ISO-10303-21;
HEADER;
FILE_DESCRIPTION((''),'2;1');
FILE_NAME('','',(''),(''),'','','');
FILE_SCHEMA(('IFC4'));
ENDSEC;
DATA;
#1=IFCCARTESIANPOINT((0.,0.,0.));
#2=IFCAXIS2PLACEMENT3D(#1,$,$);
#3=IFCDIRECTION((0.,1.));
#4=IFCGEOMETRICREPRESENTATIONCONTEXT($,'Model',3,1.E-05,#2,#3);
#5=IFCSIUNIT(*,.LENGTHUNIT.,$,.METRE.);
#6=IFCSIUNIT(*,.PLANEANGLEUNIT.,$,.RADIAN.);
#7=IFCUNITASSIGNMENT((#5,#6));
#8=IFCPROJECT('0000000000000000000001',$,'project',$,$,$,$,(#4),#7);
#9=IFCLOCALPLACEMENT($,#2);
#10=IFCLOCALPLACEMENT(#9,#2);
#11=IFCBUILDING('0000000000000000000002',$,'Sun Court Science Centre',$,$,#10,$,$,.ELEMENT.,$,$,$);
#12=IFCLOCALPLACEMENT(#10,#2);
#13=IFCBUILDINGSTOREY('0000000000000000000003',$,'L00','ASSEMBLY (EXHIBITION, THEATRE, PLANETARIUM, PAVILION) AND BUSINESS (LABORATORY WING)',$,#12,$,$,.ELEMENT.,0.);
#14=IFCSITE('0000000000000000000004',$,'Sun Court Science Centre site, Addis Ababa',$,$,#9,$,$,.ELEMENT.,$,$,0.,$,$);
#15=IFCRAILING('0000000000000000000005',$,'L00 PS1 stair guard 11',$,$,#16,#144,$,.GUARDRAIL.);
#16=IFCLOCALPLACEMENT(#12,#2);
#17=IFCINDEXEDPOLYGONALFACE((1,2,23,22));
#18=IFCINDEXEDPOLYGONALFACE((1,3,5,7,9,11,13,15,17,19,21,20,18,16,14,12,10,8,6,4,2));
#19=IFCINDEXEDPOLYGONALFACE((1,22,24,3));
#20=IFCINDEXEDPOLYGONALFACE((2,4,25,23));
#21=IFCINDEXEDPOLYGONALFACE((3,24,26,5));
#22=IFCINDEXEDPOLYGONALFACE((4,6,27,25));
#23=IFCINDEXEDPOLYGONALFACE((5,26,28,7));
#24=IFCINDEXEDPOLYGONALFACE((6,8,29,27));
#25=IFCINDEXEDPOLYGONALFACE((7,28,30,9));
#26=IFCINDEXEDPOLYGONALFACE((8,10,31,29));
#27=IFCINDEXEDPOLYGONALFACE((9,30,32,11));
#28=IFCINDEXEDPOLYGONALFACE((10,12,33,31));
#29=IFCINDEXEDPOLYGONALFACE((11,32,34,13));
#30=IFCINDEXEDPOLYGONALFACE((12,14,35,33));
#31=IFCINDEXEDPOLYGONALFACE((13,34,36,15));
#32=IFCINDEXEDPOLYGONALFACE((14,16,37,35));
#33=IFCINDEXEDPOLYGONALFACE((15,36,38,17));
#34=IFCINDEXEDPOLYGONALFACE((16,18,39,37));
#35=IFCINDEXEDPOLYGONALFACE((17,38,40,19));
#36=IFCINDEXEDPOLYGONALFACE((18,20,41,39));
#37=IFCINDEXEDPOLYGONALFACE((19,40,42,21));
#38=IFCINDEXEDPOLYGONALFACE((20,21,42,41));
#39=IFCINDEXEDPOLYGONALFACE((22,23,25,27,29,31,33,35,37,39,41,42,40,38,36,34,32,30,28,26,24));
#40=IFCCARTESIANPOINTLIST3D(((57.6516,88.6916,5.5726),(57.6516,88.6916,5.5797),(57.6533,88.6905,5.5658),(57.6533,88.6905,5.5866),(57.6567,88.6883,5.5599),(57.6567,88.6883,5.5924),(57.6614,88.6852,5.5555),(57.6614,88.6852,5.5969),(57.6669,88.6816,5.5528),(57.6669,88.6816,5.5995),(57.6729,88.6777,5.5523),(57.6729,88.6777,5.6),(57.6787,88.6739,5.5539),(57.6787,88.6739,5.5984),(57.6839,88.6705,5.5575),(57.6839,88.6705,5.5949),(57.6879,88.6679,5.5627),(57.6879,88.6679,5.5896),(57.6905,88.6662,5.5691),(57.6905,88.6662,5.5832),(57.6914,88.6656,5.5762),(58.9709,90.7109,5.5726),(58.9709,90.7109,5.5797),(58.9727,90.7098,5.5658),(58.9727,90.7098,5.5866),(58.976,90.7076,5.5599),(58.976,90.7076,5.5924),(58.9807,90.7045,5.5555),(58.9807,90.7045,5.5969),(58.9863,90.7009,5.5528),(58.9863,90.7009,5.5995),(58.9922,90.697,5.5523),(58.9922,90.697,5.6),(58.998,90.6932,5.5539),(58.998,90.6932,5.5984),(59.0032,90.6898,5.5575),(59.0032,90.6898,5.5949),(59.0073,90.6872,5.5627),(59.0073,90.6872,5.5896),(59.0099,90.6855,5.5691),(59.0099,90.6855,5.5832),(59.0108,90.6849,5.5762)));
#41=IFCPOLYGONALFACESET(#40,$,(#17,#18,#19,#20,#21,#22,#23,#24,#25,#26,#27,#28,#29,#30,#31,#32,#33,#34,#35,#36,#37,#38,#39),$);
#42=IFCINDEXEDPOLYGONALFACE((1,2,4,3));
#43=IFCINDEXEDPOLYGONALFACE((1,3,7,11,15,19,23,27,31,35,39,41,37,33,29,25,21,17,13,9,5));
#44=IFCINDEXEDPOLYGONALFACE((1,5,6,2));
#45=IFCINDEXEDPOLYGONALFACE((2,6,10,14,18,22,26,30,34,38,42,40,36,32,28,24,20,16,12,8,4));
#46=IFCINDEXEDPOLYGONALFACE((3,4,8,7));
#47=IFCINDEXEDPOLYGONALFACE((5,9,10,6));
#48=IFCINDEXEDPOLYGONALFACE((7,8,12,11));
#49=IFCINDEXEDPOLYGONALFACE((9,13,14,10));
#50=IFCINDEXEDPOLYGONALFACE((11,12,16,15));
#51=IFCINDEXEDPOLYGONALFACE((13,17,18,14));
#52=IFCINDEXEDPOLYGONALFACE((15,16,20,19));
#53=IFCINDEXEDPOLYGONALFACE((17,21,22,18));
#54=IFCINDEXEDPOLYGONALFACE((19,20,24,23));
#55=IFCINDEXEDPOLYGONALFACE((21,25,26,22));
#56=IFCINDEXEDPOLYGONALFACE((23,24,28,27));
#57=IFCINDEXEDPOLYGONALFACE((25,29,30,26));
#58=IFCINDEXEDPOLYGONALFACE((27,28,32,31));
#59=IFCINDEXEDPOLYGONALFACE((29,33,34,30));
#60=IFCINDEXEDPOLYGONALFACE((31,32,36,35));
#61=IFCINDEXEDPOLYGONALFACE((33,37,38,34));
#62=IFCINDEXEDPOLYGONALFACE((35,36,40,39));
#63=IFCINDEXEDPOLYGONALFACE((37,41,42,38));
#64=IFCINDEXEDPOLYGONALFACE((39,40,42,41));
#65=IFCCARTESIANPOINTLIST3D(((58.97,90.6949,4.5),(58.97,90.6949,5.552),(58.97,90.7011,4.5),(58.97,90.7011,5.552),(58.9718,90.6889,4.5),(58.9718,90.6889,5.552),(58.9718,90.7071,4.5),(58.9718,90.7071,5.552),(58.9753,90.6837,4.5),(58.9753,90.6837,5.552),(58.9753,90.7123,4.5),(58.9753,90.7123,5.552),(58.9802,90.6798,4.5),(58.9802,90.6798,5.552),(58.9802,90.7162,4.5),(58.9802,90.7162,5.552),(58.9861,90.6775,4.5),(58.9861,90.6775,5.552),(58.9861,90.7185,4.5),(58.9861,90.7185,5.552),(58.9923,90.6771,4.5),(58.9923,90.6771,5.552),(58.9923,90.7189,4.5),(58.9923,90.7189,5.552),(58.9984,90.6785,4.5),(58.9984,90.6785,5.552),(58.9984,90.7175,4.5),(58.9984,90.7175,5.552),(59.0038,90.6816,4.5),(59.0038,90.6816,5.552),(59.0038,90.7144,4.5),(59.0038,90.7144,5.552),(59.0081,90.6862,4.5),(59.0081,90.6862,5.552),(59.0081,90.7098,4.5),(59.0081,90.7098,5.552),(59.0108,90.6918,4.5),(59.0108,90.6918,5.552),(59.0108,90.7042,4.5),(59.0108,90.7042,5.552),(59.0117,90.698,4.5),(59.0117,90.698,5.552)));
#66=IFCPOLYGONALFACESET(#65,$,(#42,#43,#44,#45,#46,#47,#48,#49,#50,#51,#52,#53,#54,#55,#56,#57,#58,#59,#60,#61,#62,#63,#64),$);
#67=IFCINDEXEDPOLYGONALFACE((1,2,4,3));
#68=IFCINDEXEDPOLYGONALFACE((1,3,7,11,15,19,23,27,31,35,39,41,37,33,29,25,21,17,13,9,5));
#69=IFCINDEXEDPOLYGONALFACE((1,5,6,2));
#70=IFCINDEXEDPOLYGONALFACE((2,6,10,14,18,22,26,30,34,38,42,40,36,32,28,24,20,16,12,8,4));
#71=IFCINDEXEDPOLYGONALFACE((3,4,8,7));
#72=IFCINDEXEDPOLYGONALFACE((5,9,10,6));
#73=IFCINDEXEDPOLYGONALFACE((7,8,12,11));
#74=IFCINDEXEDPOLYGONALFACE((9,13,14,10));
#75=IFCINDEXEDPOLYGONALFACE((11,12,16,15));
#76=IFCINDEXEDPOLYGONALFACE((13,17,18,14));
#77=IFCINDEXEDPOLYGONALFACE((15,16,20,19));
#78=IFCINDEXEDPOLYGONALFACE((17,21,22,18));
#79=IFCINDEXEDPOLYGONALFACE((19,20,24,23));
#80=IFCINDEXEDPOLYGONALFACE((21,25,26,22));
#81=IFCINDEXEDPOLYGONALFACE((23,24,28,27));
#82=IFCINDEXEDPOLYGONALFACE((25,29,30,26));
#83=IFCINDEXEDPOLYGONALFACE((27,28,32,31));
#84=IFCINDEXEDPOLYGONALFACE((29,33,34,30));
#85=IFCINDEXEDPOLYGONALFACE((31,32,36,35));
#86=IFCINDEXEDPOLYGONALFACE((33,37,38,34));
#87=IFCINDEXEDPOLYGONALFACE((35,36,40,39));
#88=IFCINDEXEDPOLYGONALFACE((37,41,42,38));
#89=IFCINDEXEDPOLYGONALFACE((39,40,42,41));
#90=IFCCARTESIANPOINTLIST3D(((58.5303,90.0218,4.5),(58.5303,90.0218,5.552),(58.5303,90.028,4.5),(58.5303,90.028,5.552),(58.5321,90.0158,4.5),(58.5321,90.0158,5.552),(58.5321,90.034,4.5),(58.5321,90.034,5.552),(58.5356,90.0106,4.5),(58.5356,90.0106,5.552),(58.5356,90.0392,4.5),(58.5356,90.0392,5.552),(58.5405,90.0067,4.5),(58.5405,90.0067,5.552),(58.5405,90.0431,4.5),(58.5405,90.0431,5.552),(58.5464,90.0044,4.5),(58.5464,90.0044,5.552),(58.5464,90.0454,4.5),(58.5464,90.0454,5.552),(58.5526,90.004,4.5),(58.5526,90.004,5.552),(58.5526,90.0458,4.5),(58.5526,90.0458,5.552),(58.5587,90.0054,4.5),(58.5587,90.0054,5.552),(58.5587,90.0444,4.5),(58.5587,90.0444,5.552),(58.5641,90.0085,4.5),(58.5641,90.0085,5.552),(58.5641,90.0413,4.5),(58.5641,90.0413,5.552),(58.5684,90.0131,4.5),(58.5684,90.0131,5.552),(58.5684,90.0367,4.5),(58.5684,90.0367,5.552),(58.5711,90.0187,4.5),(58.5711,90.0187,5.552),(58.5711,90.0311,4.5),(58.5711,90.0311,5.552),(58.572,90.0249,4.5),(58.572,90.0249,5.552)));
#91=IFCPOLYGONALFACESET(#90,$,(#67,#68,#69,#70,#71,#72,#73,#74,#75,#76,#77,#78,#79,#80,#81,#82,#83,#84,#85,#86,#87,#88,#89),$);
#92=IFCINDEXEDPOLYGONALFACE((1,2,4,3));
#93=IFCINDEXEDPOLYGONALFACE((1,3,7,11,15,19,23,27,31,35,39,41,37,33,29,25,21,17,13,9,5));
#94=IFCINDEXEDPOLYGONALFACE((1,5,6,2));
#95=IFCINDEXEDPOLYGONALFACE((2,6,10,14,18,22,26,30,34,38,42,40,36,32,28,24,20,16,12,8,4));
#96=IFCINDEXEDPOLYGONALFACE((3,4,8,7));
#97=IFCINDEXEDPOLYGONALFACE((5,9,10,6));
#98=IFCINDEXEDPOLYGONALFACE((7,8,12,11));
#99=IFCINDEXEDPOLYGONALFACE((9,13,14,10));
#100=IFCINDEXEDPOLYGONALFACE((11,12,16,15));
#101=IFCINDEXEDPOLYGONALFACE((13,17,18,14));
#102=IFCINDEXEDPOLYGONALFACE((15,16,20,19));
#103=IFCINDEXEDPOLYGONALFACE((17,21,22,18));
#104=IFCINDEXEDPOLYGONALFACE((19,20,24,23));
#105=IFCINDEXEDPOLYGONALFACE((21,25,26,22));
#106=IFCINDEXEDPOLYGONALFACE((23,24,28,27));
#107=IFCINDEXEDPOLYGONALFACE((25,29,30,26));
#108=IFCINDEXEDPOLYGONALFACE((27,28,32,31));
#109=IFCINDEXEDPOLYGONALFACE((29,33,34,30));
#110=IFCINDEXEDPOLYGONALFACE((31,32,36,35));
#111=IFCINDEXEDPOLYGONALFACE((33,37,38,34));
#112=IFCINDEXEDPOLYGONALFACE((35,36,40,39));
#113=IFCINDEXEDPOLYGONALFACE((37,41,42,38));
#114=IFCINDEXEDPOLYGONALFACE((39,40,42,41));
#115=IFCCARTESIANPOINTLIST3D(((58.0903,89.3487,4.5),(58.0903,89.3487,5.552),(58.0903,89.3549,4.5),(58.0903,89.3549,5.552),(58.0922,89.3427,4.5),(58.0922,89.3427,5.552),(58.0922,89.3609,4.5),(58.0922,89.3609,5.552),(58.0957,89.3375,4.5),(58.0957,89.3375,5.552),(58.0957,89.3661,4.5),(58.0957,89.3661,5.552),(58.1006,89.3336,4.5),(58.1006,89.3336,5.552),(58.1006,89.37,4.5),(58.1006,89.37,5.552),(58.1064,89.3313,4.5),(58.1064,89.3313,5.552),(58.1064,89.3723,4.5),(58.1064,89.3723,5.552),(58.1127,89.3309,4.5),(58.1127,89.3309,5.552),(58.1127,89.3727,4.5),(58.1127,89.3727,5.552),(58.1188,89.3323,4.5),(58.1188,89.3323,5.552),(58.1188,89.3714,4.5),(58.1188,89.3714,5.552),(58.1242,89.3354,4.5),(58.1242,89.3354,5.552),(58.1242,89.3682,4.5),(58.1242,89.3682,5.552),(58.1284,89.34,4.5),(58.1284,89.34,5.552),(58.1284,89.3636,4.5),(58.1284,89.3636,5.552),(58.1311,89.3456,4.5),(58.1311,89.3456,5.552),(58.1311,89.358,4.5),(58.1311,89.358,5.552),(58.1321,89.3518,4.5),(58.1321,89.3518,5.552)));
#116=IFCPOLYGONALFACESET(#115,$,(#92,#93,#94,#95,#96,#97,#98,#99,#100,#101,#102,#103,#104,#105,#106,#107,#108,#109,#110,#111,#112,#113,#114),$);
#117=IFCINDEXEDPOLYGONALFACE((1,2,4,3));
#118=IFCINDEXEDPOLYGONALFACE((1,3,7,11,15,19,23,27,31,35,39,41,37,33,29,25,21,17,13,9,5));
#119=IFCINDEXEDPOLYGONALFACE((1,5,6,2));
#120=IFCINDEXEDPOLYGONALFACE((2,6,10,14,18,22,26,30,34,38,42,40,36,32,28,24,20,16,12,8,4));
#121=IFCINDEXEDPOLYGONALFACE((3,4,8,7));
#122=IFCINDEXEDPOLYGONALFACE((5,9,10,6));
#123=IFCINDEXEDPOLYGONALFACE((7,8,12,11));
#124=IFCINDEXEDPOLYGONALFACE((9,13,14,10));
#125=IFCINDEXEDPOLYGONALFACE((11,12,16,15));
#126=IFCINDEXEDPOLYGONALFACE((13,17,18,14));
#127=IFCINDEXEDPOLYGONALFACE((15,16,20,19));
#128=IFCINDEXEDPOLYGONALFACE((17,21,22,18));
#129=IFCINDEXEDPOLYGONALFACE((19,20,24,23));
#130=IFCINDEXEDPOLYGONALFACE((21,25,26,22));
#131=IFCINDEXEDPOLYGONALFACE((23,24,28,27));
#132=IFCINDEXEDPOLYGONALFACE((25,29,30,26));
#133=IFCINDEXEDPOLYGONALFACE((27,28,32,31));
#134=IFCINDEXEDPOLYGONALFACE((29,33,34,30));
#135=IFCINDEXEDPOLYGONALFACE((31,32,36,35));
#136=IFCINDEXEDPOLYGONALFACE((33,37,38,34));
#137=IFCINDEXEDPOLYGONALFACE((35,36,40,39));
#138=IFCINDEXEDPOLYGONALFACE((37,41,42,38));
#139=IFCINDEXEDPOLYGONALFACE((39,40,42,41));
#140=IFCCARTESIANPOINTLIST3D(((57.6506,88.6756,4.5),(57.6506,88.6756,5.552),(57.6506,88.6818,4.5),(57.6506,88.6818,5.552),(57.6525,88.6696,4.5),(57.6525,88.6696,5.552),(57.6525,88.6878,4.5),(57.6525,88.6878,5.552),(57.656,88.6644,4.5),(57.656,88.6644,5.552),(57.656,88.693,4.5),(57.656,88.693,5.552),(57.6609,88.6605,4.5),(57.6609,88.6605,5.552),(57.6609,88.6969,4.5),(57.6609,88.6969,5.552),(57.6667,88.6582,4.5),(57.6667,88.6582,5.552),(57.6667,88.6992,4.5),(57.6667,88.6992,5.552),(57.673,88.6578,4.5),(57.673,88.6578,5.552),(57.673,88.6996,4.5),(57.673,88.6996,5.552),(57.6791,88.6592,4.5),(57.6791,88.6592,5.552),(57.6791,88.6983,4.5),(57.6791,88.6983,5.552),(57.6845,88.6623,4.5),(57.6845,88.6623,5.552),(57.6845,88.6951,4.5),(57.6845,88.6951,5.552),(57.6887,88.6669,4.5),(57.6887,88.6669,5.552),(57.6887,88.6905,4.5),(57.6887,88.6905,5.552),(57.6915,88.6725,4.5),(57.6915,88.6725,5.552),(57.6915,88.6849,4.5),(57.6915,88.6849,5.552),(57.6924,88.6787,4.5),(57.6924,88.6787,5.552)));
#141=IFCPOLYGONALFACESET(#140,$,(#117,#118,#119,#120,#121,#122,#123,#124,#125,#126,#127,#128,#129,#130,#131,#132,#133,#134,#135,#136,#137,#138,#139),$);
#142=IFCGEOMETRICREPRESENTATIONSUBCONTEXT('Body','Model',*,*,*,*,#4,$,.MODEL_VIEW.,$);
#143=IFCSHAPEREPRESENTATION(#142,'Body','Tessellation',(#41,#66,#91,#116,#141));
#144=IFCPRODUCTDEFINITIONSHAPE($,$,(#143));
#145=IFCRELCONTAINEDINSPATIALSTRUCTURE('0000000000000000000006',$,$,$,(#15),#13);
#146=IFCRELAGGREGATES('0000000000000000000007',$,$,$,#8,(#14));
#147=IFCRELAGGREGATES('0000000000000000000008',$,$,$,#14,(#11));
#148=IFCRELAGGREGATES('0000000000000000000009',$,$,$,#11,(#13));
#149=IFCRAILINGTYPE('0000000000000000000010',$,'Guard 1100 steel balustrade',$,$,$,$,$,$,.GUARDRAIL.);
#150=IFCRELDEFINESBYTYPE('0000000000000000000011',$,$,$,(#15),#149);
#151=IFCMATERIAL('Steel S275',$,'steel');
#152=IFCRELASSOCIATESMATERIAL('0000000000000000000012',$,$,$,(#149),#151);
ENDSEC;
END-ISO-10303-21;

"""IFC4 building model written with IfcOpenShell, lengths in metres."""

from ifc_helpers import new_model, si_unit, direction, frame, origin, origin_2d, place, context, subcontext, project, spatial, circle, extrude, material, type_object, element, save


model = new_model("IFC4")

# Units and contexts
model_context = context("Model", 3, precision=1e-05, world=origin(), true_north=direction((0.0, 1.0)))
body_context = subcontext(model_context, "Body", "Model", "MODEL_VIEW")
ifc_project = project(units=[si_unit("LENGTHUNIT", "METRE"), si_unit("PLANEANGLEUNIT", "RADIAN")], contexts=[model_context])

# Site, building, storey
site_placement = place(None, origin())
site = spatial("IfcSite", under=ifc_project, at=site_placement, Name="Sun Court Science Centre site, Addis Ababa", CompositionType="ELEMENT", RefElevation=0.0)
building_placement = place(site_placement, origin())
building = spatial("IfcBuilding", under=site, at=building_placement, Name="Sun Court Science Centre", CompositionType="ELEMENT")
storey_placement = place(building_placement, origin())
storey = spatial("IfcBuildingStorey", under=building, at=storey_placement, Name="L00", Description="ASSEMBLY (EXHIBITION, THEATRE, PLANETARIUM, PAVILION) AND BUSINESS (LABORATORY WING)", CompositionType="ELEMENT", Elevation=0.0)

# Railing
ifc_material_1 = material(Name="Steel S275", Category="steel")
railing_type_1 = type_object("IfcRailingType", Name="Guard 1100 steel balustrade", PredefinedType="GUARDRAIL", material=ifc_material_1)
for number, where, name in (
    (1, (58.9907, 90.698, 4.5), "L00 PS1 stair guard 11"),
):
    element("IfcRailing", number, at=place(storey_placement, frame(where)), inside=storey, type_object=railing_type_1, Name=name, PredefinedType="GUARDRAIL", context=body_context, shape_type="SweptSolid", body=[
        extrude(circle(Radius=0.0239, at=origin_2d()), frame((0.0, 0.0, 1.0762), z_axis=(-0.546968, -0.837153, 0.0), x_axis=(0.837153, -0.546968, 0.0)), (0.0, 0.0, 1.0), 2.4121),
        extrude(circle(Radius=0.021, at=origin_2d()), origin(), (0.0, 0.0, 1.0), 1.052),
        extrude(circle(Radius=0.021, at=origin_2d()), frame((-0.4397, -0.6731, 0.0)), (0.0, 0.0, 1.0), 1.052),
        extrude(circle(Radius=0.021, at=origin_2d()), frame((-0.8796, -1.3462, 0.0)), (0.0, 0.0, 1.0), 1.052),
        extrude(circle(Radius=0.021, at=origin_2d()), frame((-1.3193, -2.0193, 0.0)), (0.0, 0.0, 1.0), 1.052),
    ])

save(model, "model.ifc")
